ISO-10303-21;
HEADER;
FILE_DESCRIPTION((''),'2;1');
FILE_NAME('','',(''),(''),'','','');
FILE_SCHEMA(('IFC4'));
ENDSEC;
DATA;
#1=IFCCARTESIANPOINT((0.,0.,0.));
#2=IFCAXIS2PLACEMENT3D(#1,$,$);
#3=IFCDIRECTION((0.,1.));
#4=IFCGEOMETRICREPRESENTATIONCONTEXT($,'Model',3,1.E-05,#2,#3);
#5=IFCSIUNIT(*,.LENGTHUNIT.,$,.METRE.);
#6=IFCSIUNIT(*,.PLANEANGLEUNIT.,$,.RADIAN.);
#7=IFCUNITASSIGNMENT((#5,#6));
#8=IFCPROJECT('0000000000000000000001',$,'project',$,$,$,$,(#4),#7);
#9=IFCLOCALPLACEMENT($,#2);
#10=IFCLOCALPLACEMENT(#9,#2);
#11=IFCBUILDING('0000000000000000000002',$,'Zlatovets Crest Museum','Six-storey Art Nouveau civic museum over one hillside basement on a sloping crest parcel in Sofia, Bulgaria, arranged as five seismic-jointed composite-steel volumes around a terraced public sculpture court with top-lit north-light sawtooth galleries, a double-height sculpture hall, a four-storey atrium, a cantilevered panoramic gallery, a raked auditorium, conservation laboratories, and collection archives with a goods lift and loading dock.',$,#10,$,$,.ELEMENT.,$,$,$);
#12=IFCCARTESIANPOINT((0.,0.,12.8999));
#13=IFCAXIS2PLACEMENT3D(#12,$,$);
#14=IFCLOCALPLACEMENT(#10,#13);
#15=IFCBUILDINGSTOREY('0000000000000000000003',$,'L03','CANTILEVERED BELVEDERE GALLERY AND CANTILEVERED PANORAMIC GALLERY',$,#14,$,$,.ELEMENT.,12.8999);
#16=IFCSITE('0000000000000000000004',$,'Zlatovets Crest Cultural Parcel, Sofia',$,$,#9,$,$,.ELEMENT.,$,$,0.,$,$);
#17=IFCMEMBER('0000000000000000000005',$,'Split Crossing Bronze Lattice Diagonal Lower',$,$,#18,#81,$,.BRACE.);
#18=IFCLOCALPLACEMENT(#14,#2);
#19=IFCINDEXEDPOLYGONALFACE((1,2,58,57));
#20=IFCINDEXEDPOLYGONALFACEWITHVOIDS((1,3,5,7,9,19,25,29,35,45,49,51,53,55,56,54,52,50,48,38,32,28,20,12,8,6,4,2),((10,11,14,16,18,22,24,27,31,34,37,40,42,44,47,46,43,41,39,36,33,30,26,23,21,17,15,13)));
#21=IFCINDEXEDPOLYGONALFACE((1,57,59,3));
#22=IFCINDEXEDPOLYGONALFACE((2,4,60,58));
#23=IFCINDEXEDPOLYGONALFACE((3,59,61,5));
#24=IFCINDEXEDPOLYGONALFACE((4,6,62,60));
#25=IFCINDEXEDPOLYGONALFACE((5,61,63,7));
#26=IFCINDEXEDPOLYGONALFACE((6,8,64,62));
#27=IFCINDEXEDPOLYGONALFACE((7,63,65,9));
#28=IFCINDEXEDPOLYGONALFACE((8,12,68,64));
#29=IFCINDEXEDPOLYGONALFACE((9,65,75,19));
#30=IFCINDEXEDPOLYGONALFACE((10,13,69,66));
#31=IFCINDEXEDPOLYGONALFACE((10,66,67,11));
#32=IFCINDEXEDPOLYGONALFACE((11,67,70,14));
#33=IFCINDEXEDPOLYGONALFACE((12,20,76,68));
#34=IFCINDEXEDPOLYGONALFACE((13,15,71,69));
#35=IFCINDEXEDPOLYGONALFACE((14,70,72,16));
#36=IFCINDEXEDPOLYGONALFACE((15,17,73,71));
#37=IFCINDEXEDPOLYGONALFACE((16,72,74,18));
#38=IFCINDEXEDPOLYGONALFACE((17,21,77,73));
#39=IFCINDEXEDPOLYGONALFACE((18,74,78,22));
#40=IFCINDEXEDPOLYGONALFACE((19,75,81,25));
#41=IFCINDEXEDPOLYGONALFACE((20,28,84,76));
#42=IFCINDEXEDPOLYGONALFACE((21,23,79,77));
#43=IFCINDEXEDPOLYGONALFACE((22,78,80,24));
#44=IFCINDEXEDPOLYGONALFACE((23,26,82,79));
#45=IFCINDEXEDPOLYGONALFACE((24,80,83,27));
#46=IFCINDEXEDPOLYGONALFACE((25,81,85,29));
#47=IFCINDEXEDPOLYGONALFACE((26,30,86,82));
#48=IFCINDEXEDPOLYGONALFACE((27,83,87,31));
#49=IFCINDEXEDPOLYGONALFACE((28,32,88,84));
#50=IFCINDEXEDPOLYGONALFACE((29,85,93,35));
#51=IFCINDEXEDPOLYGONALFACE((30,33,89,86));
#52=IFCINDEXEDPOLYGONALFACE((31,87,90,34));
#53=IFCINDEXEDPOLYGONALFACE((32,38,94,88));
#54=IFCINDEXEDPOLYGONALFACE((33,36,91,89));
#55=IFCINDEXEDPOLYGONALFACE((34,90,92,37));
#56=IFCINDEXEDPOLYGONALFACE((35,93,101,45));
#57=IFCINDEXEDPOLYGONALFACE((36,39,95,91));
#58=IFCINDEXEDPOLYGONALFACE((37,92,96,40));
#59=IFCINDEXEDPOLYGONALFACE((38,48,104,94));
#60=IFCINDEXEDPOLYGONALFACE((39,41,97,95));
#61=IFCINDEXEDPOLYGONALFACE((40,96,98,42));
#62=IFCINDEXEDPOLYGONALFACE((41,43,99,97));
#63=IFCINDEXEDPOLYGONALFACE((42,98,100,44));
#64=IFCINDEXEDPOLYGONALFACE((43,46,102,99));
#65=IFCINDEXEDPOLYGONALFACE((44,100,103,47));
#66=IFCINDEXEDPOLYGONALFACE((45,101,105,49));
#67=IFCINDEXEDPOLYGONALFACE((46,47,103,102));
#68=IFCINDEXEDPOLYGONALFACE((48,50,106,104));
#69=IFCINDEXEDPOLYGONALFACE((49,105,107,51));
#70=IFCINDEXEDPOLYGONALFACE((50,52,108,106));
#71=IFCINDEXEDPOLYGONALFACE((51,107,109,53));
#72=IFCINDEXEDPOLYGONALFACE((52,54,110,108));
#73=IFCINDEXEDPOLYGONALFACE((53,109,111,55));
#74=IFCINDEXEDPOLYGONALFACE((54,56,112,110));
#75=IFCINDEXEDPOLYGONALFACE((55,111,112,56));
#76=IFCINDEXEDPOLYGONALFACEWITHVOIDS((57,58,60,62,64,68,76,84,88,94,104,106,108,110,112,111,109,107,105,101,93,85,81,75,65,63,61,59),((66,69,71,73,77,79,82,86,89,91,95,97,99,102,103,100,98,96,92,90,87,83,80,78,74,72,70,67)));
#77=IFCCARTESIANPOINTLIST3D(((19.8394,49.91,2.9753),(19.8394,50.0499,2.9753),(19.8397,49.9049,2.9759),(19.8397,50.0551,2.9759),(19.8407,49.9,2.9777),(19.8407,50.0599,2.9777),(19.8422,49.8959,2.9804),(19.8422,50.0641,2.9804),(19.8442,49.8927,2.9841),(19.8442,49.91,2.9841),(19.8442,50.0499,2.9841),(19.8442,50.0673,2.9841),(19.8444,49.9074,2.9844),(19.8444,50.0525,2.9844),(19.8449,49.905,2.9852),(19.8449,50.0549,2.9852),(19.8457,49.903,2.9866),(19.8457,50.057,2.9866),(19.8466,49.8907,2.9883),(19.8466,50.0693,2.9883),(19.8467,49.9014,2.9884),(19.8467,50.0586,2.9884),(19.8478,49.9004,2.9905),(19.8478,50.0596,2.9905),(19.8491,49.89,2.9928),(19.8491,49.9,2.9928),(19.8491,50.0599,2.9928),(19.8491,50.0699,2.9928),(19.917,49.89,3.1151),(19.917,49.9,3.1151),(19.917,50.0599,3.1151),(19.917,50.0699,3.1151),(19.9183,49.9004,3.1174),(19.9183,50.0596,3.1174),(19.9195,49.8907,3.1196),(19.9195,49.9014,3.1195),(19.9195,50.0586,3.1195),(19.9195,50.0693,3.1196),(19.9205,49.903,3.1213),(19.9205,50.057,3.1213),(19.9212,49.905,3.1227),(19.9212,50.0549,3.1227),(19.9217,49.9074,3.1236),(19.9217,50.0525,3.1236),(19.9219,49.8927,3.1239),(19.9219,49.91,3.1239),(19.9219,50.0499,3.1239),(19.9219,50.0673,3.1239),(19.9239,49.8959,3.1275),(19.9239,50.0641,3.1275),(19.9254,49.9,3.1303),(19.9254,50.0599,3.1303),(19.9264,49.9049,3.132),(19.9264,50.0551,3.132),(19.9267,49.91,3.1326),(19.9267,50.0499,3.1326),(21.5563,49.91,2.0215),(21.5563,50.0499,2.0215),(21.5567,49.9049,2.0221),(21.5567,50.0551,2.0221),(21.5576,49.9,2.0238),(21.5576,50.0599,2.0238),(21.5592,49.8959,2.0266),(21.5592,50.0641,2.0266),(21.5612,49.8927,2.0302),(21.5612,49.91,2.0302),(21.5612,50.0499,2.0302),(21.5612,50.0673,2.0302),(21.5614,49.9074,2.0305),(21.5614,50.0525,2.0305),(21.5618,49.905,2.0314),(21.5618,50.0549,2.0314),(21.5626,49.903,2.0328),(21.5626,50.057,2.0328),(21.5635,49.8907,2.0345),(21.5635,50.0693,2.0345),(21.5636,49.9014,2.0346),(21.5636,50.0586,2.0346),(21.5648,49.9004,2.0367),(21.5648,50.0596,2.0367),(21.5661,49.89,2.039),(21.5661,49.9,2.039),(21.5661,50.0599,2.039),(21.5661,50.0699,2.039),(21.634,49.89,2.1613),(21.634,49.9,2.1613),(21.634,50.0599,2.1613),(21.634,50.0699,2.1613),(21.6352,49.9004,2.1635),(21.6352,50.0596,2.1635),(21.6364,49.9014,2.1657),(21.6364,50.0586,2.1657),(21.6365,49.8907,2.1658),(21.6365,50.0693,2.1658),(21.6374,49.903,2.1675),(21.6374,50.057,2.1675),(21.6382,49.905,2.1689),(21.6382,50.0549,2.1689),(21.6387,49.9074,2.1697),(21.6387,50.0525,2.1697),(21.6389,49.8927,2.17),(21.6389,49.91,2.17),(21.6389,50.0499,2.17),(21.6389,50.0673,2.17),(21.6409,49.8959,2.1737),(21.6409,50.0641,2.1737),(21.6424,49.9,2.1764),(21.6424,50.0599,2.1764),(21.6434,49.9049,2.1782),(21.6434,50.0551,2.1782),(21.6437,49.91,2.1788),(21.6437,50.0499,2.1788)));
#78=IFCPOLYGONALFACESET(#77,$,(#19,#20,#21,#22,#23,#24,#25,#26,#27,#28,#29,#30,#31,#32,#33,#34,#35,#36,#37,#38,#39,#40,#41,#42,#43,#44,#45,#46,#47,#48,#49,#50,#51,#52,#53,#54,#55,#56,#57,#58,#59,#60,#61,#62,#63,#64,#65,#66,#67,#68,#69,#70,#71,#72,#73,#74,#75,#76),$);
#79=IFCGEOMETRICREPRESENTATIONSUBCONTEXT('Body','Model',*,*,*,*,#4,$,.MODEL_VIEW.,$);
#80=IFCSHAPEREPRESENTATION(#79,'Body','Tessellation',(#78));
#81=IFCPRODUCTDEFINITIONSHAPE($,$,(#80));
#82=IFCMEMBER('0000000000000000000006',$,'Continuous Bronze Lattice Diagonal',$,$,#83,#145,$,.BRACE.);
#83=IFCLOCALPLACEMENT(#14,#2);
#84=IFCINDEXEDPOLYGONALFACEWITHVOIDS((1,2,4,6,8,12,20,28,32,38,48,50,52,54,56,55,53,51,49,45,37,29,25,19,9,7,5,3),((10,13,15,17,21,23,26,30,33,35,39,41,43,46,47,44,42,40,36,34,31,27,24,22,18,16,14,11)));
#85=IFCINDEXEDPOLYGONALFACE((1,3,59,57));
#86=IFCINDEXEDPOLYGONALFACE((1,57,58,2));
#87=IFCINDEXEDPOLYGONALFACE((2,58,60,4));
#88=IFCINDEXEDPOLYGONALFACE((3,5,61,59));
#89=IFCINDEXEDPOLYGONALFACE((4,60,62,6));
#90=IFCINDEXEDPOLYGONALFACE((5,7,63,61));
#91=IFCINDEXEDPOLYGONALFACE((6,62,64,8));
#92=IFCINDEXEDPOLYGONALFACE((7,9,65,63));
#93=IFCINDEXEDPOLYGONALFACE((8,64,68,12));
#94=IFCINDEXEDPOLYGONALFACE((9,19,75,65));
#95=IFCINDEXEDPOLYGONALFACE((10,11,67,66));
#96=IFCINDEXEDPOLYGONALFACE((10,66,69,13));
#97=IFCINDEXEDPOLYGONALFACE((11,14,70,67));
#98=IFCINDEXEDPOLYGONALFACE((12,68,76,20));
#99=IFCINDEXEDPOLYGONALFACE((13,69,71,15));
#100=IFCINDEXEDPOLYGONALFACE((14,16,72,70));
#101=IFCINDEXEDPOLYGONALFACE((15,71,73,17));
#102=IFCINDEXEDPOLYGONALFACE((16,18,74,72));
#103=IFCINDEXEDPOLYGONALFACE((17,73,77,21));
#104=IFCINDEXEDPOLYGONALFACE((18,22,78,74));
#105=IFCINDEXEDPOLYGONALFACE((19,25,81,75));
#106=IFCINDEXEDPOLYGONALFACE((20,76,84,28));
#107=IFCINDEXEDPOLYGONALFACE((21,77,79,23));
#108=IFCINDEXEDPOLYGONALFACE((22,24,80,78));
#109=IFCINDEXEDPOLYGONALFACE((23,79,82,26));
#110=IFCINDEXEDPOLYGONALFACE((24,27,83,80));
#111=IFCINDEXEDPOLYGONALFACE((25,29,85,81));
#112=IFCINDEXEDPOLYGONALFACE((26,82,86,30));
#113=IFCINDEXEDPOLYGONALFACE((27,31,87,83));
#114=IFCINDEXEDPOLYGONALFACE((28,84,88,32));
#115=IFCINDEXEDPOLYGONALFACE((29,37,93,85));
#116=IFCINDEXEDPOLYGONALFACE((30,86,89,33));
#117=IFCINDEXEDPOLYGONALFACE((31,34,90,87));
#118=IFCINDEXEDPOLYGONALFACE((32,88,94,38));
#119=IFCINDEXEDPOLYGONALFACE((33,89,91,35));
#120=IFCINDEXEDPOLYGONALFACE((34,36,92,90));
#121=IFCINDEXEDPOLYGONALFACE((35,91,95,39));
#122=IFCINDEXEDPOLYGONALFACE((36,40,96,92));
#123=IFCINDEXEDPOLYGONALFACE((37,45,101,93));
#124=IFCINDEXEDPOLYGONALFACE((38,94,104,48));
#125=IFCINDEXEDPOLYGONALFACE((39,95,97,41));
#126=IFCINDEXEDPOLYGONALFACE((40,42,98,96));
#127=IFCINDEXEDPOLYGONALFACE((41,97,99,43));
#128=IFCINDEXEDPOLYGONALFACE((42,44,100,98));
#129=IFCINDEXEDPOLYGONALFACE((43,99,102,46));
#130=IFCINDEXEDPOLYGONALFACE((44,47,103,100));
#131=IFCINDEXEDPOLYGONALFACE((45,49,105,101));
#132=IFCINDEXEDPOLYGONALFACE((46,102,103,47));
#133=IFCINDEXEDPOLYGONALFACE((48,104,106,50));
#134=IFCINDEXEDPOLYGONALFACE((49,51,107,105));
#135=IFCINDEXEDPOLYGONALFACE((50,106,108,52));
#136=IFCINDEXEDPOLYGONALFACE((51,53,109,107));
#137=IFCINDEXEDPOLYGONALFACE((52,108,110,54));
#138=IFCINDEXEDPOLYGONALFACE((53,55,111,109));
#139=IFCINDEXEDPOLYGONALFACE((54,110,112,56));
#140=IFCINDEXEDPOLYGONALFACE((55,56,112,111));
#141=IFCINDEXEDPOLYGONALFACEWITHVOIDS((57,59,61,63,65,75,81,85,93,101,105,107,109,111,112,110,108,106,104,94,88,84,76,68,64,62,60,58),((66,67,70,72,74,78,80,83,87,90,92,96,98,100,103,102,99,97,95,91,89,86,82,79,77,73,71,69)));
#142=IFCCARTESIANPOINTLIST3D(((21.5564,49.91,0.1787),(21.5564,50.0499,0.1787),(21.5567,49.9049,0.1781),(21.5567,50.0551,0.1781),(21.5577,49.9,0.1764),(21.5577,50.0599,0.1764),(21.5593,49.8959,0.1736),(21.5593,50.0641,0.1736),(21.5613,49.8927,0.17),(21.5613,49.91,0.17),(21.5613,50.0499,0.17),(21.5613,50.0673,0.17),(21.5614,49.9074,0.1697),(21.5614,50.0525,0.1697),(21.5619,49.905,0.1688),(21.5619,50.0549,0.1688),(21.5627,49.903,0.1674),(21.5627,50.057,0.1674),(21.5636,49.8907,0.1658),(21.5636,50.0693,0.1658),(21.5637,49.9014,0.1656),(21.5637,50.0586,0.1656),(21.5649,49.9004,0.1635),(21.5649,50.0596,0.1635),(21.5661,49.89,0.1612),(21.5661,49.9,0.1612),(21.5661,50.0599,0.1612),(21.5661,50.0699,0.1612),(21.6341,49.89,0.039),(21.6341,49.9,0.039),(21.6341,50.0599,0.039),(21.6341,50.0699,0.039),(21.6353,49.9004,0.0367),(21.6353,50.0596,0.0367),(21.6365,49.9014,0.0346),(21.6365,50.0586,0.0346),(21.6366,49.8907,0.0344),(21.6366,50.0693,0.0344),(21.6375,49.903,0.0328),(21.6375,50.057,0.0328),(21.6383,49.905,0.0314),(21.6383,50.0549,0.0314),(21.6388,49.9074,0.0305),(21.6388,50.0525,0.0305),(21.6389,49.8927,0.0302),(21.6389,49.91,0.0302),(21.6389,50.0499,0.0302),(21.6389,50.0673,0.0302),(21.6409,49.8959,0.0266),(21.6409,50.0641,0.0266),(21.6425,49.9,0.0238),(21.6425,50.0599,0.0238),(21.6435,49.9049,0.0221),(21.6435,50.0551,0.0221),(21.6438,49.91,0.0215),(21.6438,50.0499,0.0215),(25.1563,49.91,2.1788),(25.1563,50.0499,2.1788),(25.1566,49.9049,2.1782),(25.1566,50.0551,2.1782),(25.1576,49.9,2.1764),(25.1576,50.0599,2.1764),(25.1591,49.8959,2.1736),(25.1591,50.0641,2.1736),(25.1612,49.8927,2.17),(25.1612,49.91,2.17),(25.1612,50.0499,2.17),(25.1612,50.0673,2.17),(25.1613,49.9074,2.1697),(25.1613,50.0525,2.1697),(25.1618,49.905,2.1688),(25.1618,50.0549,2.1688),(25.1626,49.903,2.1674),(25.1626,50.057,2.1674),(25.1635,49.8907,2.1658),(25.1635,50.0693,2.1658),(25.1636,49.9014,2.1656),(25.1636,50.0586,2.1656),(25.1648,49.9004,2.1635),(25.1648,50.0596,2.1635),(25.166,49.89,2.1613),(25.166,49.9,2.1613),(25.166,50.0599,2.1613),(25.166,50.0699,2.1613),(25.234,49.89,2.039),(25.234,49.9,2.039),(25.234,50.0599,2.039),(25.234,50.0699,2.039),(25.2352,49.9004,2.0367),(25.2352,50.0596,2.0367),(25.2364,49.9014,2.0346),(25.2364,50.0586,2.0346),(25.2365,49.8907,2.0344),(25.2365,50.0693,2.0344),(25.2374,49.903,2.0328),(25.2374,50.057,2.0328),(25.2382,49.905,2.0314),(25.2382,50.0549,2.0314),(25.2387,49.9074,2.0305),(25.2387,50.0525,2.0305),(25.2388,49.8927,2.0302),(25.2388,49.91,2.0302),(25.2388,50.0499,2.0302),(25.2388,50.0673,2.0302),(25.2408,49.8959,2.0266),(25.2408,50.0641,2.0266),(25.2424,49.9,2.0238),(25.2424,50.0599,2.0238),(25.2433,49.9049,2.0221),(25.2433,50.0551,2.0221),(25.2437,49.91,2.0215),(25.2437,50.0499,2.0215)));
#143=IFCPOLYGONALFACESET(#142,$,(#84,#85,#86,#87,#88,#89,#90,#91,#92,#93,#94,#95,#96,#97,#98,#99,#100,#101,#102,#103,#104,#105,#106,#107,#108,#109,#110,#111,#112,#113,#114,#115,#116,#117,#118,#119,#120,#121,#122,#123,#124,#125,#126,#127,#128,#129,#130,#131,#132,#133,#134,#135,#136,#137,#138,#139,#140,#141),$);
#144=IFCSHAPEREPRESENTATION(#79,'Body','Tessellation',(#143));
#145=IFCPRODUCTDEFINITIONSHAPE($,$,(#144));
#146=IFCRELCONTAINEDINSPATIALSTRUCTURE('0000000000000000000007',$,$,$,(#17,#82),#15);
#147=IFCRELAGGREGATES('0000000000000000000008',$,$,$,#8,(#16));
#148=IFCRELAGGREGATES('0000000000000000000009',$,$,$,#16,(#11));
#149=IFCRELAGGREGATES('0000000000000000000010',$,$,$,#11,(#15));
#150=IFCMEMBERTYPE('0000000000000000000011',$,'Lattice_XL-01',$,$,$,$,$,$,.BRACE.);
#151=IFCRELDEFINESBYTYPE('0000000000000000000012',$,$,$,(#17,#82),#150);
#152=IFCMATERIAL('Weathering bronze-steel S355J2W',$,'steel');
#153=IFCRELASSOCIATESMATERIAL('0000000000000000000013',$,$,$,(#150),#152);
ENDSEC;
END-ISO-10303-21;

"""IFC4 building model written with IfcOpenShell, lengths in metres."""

from ifc_helpers import new_model, si_unit, direction, frame, origin, origin_2d, place, context, subcontext, project, spatial, hollow_rectangle, extrude, material, material_profile, profile_set, type_object, element, save


model = new_model("IFC4")

# Units and contexts
model_context = context("Model", 3, precision=1e-05, world=origin(), true_north=direction((0.0, 1.0)))
body_context = subcontext(model_context, "Body", "Model", "MODEL_VIEW")
ifc_project = project(units=[si_unit("LENGTHUNIT", "METRE"), si_unit("PLANEANGLEUNIT", "RADIAN")], contexts=[model_context])

# Site, building, storey
site_placement = place(None, origin())
site = spatial("IfcSite", under=ifc_project, at=site_placement, Name="Zlatovets Crest Cultural Parcel, Sofia", CompositionType="ELEMENT", RefElevation=0.0)
building_placement = place(site_placement, origin())
building = spatial("IfcBuilding", under=site, at=building_placement, Name="Zlatovets Crest Museum", Description="Six-storey Art Nouveau civic museum over one hillside basement on a sloping crest parcel in Sofia, Bulgaria, arranged as five seismic-jointed composite-steel volumes around a terraced public sculpture court with top-lit north-light sawtooth galleries, a double-height sculpture hall, a four-storey atrium, a cantilevered panoramic gallery, a raked auditorium, conservation laboratories, and collection archives with a goods lift and loading dock.", CompositionType="ELEMENT")
storey_placement = place(building_placement, frame((0.0, 0.0, 12.8999)))
storey = spatial("IfcBuildingStorey", under=building, at=storey_placement, Name="L03", Description="CANTILEVERED BELVEDERE GALLERY AND CANTILEVERED PANORAMIC GALLERY", CompositionType="ELEMENT", Elevation=12.8999)

# Members
ifc_material_1 = material(Name="Weathering bronze-steel S355J2W", Category="steel")
ifc_material_profile_1 = material_profile(ifc_material_1, hollow_rectangle(XDim=0.1799, YDim=0.1799, WallThickness=0.01, InnerFilletRadius=0.01, OuterFilletRadius=0.02, at=origin_2d()), Name="SHS 180x180x10.0")
ifc_profile_set_1 = profile_set([ifc_material_profile_1], Name="Weathering bronze-steel S355J2W")
member_type_1 = type_object("IfcMemberType", Name="Lattice_XL-01", PredefinedType="BRACE", material=ifc_profile_set_1)
for number, where, z_axis, x_axis, name in (
    (1, (19.8831, 49.98, 3.054), (0.874169, 0.0, -0.485622), (0.0, 1.0, 0.0), "Split Crossing Bronze Lattice Diagonal Lower"),
):
    element("IfcMember", number, at=place(storey_placement, frame(where, z_axis=z_axis, x_axis=x_axis)), inside=storey, type_object=member_type_1, Name=name, PredefinedType="BRACE", context=body_context, shape_type="SweptSolid", body=[
        extrude(hollow_rectangle(XDim=0.1799, YDim=0.1799, WallThickness=0.01, InnerFilletRadius=0.01, OuterFilletRadius=0.02, at=origin_2d()), origin(), (0.0, 0.0, 1.0), 1.9641),
    ])
member_1_placement = place(storey_placement, frame((21.6001, 49.98, 0.1001), z_axis=(0.874149, 0.0, 0.485658), x_axis=(0.0, 1.0, 0.0)))
element("IfcMember", 2, at=member_1_placement, inside=storey, type_object=member_type_1, Name="Continuous Bronze Lattice Diagonal", PredefinedType="BRACE", context=body_context, shape_type="SweptSolid", body=[
    extrude(hollow_rectangle(XDim=0.1799, YDim=0.1799, WallThickness=0.01, InnerFilletRadius=0.01, OuterFilletRadius=0.02, at=origin_2d()), origin(), (0.0, 0.0, 1.0), 4.1182),
])

save(model, "model.ifc")
